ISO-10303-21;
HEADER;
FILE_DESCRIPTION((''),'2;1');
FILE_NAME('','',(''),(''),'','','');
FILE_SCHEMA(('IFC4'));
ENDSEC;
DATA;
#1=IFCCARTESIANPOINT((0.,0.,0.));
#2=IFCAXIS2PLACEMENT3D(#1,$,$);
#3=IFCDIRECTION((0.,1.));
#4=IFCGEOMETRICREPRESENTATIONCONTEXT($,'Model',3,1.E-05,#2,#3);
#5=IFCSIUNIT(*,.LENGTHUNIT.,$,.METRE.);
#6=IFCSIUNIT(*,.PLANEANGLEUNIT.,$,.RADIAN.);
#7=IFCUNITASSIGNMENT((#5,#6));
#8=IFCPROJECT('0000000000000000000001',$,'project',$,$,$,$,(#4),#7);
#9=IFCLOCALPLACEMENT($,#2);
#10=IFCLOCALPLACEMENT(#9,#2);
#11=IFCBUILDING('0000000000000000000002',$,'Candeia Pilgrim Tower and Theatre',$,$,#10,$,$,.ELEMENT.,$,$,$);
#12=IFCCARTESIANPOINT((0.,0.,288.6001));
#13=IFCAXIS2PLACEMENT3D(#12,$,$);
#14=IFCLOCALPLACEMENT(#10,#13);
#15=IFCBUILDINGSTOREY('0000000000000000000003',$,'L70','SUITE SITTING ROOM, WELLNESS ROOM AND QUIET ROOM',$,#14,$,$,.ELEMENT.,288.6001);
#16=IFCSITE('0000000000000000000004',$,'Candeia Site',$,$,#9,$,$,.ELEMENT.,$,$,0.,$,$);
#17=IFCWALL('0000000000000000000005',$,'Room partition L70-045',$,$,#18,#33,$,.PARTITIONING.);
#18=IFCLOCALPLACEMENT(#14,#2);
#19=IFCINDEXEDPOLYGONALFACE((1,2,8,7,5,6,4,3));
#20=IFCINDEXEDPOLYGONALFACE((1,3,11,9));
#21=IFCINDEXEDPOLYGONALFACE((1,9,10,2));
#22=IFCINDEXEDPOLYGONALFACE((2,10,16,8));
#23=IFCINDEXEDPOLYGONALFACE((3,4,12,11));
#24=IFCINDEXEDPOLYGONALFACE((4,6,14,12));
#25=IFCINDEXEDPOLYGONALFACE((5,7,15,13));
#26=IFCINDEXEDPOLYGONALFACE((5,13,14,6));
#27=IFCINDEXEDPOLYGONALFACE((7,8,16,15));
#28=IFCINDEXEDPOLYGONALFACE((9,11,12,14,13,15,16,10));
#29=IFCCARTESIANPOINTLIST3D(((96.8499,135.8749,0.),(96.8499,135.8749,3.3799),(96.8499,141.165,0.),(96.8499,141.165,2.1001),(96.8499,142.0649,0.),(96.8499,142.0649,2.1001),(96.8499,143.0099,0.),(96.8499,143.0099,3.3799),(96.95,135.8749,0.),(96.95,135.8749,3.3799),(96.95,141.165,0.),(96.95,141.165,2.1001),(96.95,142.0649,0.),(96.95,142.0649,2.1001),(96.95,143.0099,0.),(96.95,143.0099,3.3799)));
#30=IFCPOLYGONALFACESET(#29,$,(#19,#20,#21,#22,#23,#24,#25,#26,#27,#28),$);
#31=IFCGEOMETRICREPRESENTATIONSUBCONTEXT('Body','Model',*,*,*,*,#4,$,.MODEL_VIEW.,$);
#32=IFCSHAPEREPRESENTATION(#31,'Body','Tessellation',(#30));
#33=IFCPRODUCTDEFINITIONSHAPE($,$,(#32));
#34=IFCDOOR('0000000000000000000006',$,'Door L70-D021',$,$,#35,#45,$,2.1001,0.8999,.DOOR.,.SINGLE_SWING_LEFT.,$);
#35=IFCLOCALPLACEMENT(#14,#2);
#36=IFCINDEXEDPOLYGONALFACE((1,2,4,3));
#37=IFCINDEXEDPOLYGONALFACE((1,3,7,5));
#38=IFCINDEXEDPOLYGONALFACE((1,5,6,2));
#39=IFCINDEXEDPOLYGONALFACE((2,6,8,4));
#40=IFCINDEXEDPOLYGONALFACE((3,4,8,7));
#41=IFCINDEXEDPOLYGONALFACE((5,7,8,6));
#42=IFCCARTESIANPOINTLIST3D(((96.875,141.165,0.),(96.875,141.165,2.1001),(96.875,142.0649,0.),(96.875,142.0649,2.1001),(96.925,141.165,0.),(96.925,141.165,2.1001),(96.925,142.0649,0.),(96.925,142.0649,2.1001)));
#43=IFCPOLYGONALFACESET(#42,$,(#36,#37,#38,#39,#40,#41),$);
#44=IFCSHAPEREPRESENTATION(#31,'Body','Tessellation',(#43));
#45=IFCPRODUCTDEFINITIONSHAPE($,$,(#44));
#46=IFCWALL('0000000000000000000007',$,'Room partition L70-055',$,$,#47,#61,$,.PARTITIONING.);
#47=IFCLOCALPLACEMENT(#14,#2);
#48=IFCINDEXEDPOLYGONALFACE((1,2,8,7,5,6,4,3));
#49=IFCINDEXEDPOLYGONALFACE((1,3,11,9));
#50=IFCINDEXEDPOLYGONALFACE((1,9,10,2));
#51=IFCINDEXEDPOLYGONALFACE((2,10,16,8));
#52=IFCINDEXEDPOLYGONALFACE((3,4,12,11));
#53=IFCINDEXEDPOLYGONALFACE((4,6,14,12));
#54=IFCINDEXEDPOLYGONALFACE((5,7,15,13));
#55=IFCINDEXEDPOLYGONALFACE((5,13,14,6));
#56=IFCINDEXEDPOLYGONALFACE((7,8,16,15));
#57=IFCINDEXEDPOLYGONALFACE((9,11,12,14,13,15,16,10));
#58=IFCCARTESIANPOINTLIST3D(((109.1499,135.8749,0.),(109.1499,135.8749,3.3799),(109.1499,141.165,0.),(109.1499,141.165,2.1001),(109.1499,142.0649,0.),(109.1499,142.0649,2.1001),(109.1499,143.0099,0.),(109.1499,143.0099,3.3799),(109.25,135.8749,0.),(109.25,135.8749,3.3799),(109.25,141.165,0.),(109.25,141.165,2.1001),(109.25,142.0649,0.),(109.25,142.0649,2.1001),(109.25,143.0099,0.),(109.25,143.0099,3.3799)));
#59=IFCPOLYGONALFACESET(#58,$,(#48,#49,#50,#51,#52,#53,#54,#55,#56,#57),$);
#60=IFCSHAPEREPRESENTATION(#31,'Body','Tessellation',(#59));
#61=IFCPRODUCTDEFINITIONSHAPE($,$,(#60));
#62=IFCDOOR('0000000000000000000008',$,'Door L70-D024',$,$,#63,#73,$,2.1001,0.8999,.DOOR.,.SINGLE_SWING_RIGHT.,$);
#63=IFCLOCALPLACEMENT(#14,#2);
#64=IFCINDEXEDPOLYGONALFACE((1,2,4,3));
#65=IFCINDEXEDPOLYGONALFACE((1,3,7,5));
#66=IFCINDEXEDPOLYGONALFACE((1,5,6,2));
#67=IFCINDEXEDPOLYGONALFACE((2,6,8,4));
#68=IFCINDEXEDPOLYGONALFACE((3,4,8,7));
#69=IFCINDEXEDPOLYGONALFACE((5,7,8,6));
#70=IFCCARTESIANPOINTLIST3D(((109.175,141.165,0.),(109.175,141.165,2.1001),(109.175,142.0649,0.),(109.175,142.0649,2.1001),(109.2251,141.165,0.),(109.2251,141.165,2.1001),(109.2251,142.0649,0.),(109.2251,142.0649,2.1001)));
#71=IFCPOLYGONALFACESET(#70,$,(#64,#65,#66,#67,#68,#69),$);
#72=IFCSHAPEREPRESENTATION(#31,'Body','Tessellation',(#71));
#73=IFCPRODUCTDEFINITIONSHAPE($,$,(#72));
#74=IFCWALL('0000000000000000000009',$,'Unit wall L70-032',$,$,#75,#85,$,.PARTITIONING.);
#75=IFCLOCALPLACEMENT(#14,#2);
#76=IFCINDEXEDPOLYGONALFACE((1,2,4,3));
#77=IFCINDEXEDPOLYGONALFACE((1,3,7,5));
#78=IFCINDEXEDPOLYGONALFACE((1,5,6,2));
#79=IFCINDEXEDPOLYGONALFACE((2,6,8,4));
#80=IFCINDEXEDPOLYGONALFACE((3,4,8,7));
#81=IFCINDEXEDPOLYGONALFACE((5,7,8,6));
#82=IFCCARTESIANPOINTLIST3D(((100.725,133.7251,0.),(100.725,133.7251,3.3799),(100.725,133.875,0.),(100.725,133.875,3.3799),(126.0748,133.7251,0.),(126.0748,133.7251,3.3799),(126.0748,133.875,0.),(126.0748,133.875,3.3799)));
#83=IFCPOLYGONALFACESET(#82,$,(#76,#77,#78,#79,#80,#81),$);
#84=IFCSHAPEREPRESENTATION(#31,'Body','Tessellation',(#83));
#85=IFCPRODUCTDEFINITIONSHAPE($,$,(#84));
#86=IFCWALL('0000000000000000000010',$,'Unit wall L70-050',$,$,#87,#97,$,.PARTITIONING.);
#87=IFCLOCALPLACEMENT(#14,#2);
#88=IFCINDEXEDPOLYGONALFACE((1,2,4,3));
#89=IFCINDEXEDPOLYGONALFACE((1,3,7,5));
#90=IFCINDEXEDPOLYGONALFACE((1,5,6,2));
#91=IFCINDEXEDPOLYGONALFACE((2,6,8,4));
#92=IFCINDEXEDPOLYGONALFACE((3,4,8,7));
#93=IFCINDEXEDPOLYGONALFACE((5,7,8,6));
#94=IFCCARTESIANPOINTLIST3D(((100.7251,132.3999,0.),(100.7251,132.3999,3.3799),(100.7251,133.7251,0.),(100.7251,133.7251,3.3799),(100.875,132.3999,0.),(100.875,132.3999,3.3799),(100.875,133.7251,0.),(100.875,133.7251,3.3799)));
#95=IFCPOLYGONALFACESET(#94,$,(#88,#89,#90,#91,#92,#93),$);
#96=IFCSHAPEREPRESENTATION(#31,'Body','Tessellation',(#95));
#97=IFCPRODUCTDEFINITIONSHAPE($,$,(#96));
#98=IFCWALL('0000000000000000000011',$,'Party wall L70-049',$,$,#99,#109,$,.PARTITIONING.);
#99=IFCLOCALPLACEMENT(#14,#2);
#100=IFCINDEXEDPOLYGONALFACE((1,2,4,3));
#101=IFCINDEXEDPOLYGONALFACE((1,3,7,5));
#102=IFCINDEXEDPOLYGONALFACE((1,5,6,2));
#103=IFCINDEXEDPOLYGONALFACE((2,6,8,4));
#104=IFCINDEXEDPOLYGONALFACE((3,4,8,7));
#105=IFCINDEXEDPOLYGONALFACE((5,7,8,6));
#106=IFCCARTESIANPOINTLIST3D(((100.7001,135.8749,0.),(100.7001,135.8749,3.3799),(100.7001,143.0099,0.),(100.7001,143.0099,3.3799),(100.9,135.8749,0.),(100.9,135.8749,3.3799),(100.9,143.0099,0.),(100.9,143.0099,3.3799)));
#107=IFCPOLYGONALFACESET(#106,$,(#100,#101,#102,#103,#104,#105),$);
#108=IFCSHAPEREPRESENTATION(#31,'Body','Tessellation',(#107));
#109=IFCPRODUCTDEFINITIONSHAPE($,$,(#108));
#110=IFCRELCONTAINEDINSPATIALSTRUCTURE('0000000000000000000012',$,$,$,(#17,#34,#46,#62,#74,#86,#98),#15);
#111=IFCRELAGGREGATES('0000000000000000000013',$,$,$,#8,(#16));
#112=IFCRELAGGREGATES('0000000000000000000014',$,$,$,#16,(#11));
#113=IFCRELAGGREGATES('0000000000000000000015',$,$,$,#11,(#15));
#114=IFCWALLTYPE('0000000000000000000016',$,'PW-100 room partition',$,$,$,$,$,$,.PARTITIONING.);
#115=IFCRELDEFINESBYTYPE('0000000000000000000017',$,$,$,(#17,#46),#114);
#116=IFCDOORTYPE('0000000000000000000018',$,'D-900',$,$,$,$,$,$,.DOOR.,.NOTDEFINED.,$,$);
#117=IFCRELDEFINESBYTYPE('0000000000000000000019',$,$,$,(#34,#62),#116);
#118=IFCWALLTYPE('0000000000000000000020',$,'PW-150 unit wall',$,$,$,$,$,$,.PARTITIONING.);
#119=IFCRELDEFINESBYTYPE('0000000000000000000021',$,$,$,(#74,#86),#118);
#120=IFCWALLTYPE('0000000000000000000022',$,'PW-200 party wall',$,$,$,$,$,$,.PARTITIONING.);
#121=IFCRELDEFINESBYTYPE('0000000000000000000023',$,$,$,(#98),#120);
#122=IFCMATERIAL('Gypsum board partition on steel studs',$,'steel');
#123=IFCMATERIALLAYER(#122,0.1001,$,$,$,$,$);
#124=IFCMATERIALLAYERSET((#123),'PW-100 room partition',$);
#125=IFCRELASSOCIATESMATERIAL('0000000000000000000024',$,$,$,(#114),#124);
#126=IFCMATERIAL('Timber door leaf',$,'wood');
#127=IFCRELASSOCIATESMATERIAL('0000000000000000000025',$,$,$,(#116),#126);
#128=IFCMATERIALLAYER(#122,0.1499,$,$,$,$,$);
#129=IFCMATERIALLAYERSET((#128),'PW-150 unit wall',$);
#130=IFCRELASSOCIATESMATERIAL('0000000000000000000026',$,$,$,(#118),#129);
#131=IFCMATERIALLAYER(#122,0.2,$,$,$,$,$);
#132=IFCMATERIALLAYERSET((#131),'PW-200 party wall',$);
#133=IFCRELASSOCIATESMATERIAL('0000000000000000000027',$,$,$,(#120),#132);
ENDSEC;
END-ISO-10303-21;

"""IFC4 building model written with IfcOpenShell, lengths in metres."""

from ifc_helpers import new_model, si_unit, direction, frame, frame_2d, origin, place, context, subcontext, project, spatial, rectangle, extrude, material, layer, layer_set, type_object, element, fill, save


model = new_model("IFC4")

# Units and contexts
model_context = context("Model", 3, precision=1e-05, world=origin(), true_north=direction((0.0, 1.0)))
body_context = subcontext(model_context, "Body", "Model", "MODEL_VIEW")
ifc_project = project(units=[si_unit("LENGTHUNIT", "METRE"), si_unit("PLANEANGLEUNIT", "RADIAN")], contexts=[model_context])

# Site, building, storey
site_placement = place(None, origin())
site = spatial("IfcSite", under=ifc_project, at=site_placement, Name="Candeia Site", CompositionType="ELEMENT", RefElevation=0.0)
building_placement = place(site_placement, origin())
building = spatial("IfcBuilding", under=site, at=building_placement, Name="Candeia Pilgrim Tower and Theatre", CompositionType="ELEMENT")
storey_placement = place(building_placement, frame((0.0, 0.0, 288.6001)))
storey = spatial("IfcBuildingStorey", under=building, at=storey_placement, Name="L70", Description="SUITE SITTING ROOM, WELLNESS ROOM AND QUIET ROOM", CompositionType="ELEMENT", Elevation=288.6001)

# Shared definitions
ifc_material_1 = material(Name="Gypsum board partition on steel studs", Category="steel")
ifc_layer_1 = layer(ifc_material_1, 0.1001)
ifc_layer_set_1 = layer_set([ifc_layer_1], Name="PW-100 room partition")
wall_type_1 = type_object("IfcWallType", Name="PW-100 room partition", PredefinedType="PARTITIONING", material=ifc_layer_set_1)

# Walls, openings, doors
wall_1_placement = place(storey_placement, frame((96.8999, 135.875, 0.0), z_axis=(0.0, 0.0, 1.0), x_axis=(0.0, 1.0, 0.0)))
wall_1 = element("IfcWall", 1, at=wall_1_placement, inside=storey, type_object=wall_type_1, Name="Room partition L70-045", PredefinedType="PARTITIONING", context=body_context, shape_type="SweptSolid", body=[
    extrude(rectangle(XDim=7.135, YDim=0.1001, at=frame_2d((3.5674, 0.0))), origin(), (0.0, 0.0, 1.0), 3.3799),
])
opening_1_placement = place(wall_1_placement, frame((5.29, 0.0, 0.0)))
opening_1 = element("IfcOpeningElement", 2, at=opening_1_placement, cuts=wall_1, PredefinedType="OPENING", context=body_context, shape_type="SweptSolid", body=[
    extrude(rectangle(XDim=0.8999, YDim=2.1001, at=frame_2d((0.45, 1.05))), frame((0.0, 0.0601, 0.0), z_axis=(0.0, -1.0, 0.0), x_axis=(1.0, 0.0, 0.0)), (0.0, 0.0, 1.0), 0.1201),
])
ifc_material_2 = material(Name="Timber door leaf", Category="wood")
door_type_1 = type_object("IfcDoorType", Name="D-900", OperationType="NOTDEFINED", PredefinedType="DOOR", material=ifc_material_2)
door_1_placement = place(opening_1_placement, origin())
door_1 = element("IfcDoor", 3, at=door_1_placement, inside=storey, type_object=door_type_1, Name="Door L70-D021", OperationType="SINGLE_SWING_LEFT", OverallHeight=2.1001, OverallWidth=0.8999, PredefinedType="DOOR", context=body_context, shape_type="SweptSolid", body=[
    extrude(rectangle(XDim=0.8999, YDim=2.1001, at=frame_2d((0.45, 1.05))), frame((0.0, 0.0249, 0.0), z_axis=(0.0, -1.0, 0.0), x_axis=(1.0, 0.0, 0.0)), (0.0, 0.0, 1.0), 0.05),
])
fill(opening_1, door_1)
wall_2_placement = place(storey_placement, frame((109.2, 135.875, 0.0), z_axis=(0.0, 0.0, 1.0), x_axis=(0.0, 1.0, 0.0)))
wall_2 = element("IfcWall", 4, at=wall_2_placement, inside=storey, type_object=wall_type_1, Name="Room partition L70-055", PredefinedType="PARTITIONING", context=body_context, shape_type="SweptSolid", body=[
    extrude(rectangle(XDim=7.135, YDim=0.1001, at=frame_2d((3.5674, 0.0))), origin(), (0.0, 0.0, 1.0), 3.3799),
])
opening_2_placement = place(wall_2_placement, frame((5.29, 0.0, 0.0)))
opening_2 = element("IfcOpeningElement", 5, at=opening_2_placement, cuts=wall_2, PredefinedType="OPENING", context=body_context, shape_type="SweptSolid", body=[
    extrude(rectangle(XDim=0.8999, YDim=2.1001, at=frame_2d((0.45, 1.05))), frame((0.0, 0.0601, 0.0), z_axis=(0.0, -1.0, 0.0), x_axis=(1.0, 0.0, 0.0)), (0.0, 0.0, 1.0), 0.1201),
])
door_2_placement = place(opening_2_placement, origin())
door_2 = element("IfcDoor", 6, at=door_2_placement, inside=storey, type_object=door_type_1, Name="Door L70-D024", OperationType="SINGLE_SWING_RIGHT", OverallHeight=2.1001, OverallWidth=0.8999, PredefinedType="DOOR", context=body_context, shape_type="SweptSolid", body=[
    extrude(rectangle(XDim=0.8999, YDim=2.1001, at=frame_2d((0.45, 1.05))), frame((0.0, 0.0249, 0.0), z_axis=(0.0, -1.0, 0.0), x_axis=(1.0, 0.0, 0.0)), (0.0, 0.0, 1.0), 0.05),
])
fill(opening_2, door_2)

# Walls
ifc_layer_2 = layer(ifc_material_1, 0.1499)
ifc_layer_set_2 = layer_set([ifc_layer_2], Name="PW-150 unit wall")
wall_type_2 = type_object("IfcWallType", Name="PW-150 unit wall", PredefinedType="PARTITIONING", material=ifc_layer_set_2)
wall_3_placement = place(storey_placement, frame((100.7251, 133.8, 0.0), z_axis=(0.0, 0.0, 1.0), x_axis=(1.0, 0.0, 0.0)))
element("IfcWall", 7, at=wall_3_placement, inside=storey, type_object=wall_type_2, Name="Unit wall L70-032", PredefinedType="PARTITIONING", context=body_context, shape_type="SweptSolid", body=[
    extrude(rectangle(XDim=25.3499, YDim=0.1499, at=frame_2d((12.6748, 0.0))), origin(), (0.0, 0.0, 1.0), 3.3799),
])
wall_4_placement = place(storey_placement, frame((100.8, 132.3999, 0.0), z_axis=(0.0, 0.0, 1.0), x_axis=(0.0, 1.0, 0.0)))
element("IfcWall", 8, at=wall_4_placement, inside=storey, type_object=wall_type_2, Name="Unit wall L70-050", PredefinedType="PARTITIONING", context=body_context, shape_type="SweptSolid", body=[
    extrude(rectangle(XDim=1.3252, YDim=0.1499, at=frame_2d((0.6626, 0.0))), origin(), (0.0, 0.0, 1.0), 3.3799),
])
ifc_layer_3 = layer(ifc_material_1, 0.2)
ifc_layer_set_3 = layer_set([ifc_layer_3], Name="PW-200 party wall")
wall_type_3 = type_object("IfcWallType", Name="PW-200 party wall", PredefinedType="PARTITIONING", material=ifc_layer_set_3)
wall_5_placement = place(storey_placement, frame((100.8, 135.875, 0.0), z_axis=(0.0, 0.0, 1.0), x_axis=(0.0, 1.0, 0.0)))
element("IfcWall", 9, at=wall_5_placement, inside=storey, type_object=wall_type_3, Name="Party wall L70-049", PredefinedType="PARTITIONING", context=body_context, shape_type="SweptSolid", body=[
    extrude(rectangle(XDim=7.135, YDim=0.2, at=frame_2d((3.5674, 0.0))), origin(), (0.0, 0.0, 1.0), 3.3799),
])

save(model, "model.ifc")
